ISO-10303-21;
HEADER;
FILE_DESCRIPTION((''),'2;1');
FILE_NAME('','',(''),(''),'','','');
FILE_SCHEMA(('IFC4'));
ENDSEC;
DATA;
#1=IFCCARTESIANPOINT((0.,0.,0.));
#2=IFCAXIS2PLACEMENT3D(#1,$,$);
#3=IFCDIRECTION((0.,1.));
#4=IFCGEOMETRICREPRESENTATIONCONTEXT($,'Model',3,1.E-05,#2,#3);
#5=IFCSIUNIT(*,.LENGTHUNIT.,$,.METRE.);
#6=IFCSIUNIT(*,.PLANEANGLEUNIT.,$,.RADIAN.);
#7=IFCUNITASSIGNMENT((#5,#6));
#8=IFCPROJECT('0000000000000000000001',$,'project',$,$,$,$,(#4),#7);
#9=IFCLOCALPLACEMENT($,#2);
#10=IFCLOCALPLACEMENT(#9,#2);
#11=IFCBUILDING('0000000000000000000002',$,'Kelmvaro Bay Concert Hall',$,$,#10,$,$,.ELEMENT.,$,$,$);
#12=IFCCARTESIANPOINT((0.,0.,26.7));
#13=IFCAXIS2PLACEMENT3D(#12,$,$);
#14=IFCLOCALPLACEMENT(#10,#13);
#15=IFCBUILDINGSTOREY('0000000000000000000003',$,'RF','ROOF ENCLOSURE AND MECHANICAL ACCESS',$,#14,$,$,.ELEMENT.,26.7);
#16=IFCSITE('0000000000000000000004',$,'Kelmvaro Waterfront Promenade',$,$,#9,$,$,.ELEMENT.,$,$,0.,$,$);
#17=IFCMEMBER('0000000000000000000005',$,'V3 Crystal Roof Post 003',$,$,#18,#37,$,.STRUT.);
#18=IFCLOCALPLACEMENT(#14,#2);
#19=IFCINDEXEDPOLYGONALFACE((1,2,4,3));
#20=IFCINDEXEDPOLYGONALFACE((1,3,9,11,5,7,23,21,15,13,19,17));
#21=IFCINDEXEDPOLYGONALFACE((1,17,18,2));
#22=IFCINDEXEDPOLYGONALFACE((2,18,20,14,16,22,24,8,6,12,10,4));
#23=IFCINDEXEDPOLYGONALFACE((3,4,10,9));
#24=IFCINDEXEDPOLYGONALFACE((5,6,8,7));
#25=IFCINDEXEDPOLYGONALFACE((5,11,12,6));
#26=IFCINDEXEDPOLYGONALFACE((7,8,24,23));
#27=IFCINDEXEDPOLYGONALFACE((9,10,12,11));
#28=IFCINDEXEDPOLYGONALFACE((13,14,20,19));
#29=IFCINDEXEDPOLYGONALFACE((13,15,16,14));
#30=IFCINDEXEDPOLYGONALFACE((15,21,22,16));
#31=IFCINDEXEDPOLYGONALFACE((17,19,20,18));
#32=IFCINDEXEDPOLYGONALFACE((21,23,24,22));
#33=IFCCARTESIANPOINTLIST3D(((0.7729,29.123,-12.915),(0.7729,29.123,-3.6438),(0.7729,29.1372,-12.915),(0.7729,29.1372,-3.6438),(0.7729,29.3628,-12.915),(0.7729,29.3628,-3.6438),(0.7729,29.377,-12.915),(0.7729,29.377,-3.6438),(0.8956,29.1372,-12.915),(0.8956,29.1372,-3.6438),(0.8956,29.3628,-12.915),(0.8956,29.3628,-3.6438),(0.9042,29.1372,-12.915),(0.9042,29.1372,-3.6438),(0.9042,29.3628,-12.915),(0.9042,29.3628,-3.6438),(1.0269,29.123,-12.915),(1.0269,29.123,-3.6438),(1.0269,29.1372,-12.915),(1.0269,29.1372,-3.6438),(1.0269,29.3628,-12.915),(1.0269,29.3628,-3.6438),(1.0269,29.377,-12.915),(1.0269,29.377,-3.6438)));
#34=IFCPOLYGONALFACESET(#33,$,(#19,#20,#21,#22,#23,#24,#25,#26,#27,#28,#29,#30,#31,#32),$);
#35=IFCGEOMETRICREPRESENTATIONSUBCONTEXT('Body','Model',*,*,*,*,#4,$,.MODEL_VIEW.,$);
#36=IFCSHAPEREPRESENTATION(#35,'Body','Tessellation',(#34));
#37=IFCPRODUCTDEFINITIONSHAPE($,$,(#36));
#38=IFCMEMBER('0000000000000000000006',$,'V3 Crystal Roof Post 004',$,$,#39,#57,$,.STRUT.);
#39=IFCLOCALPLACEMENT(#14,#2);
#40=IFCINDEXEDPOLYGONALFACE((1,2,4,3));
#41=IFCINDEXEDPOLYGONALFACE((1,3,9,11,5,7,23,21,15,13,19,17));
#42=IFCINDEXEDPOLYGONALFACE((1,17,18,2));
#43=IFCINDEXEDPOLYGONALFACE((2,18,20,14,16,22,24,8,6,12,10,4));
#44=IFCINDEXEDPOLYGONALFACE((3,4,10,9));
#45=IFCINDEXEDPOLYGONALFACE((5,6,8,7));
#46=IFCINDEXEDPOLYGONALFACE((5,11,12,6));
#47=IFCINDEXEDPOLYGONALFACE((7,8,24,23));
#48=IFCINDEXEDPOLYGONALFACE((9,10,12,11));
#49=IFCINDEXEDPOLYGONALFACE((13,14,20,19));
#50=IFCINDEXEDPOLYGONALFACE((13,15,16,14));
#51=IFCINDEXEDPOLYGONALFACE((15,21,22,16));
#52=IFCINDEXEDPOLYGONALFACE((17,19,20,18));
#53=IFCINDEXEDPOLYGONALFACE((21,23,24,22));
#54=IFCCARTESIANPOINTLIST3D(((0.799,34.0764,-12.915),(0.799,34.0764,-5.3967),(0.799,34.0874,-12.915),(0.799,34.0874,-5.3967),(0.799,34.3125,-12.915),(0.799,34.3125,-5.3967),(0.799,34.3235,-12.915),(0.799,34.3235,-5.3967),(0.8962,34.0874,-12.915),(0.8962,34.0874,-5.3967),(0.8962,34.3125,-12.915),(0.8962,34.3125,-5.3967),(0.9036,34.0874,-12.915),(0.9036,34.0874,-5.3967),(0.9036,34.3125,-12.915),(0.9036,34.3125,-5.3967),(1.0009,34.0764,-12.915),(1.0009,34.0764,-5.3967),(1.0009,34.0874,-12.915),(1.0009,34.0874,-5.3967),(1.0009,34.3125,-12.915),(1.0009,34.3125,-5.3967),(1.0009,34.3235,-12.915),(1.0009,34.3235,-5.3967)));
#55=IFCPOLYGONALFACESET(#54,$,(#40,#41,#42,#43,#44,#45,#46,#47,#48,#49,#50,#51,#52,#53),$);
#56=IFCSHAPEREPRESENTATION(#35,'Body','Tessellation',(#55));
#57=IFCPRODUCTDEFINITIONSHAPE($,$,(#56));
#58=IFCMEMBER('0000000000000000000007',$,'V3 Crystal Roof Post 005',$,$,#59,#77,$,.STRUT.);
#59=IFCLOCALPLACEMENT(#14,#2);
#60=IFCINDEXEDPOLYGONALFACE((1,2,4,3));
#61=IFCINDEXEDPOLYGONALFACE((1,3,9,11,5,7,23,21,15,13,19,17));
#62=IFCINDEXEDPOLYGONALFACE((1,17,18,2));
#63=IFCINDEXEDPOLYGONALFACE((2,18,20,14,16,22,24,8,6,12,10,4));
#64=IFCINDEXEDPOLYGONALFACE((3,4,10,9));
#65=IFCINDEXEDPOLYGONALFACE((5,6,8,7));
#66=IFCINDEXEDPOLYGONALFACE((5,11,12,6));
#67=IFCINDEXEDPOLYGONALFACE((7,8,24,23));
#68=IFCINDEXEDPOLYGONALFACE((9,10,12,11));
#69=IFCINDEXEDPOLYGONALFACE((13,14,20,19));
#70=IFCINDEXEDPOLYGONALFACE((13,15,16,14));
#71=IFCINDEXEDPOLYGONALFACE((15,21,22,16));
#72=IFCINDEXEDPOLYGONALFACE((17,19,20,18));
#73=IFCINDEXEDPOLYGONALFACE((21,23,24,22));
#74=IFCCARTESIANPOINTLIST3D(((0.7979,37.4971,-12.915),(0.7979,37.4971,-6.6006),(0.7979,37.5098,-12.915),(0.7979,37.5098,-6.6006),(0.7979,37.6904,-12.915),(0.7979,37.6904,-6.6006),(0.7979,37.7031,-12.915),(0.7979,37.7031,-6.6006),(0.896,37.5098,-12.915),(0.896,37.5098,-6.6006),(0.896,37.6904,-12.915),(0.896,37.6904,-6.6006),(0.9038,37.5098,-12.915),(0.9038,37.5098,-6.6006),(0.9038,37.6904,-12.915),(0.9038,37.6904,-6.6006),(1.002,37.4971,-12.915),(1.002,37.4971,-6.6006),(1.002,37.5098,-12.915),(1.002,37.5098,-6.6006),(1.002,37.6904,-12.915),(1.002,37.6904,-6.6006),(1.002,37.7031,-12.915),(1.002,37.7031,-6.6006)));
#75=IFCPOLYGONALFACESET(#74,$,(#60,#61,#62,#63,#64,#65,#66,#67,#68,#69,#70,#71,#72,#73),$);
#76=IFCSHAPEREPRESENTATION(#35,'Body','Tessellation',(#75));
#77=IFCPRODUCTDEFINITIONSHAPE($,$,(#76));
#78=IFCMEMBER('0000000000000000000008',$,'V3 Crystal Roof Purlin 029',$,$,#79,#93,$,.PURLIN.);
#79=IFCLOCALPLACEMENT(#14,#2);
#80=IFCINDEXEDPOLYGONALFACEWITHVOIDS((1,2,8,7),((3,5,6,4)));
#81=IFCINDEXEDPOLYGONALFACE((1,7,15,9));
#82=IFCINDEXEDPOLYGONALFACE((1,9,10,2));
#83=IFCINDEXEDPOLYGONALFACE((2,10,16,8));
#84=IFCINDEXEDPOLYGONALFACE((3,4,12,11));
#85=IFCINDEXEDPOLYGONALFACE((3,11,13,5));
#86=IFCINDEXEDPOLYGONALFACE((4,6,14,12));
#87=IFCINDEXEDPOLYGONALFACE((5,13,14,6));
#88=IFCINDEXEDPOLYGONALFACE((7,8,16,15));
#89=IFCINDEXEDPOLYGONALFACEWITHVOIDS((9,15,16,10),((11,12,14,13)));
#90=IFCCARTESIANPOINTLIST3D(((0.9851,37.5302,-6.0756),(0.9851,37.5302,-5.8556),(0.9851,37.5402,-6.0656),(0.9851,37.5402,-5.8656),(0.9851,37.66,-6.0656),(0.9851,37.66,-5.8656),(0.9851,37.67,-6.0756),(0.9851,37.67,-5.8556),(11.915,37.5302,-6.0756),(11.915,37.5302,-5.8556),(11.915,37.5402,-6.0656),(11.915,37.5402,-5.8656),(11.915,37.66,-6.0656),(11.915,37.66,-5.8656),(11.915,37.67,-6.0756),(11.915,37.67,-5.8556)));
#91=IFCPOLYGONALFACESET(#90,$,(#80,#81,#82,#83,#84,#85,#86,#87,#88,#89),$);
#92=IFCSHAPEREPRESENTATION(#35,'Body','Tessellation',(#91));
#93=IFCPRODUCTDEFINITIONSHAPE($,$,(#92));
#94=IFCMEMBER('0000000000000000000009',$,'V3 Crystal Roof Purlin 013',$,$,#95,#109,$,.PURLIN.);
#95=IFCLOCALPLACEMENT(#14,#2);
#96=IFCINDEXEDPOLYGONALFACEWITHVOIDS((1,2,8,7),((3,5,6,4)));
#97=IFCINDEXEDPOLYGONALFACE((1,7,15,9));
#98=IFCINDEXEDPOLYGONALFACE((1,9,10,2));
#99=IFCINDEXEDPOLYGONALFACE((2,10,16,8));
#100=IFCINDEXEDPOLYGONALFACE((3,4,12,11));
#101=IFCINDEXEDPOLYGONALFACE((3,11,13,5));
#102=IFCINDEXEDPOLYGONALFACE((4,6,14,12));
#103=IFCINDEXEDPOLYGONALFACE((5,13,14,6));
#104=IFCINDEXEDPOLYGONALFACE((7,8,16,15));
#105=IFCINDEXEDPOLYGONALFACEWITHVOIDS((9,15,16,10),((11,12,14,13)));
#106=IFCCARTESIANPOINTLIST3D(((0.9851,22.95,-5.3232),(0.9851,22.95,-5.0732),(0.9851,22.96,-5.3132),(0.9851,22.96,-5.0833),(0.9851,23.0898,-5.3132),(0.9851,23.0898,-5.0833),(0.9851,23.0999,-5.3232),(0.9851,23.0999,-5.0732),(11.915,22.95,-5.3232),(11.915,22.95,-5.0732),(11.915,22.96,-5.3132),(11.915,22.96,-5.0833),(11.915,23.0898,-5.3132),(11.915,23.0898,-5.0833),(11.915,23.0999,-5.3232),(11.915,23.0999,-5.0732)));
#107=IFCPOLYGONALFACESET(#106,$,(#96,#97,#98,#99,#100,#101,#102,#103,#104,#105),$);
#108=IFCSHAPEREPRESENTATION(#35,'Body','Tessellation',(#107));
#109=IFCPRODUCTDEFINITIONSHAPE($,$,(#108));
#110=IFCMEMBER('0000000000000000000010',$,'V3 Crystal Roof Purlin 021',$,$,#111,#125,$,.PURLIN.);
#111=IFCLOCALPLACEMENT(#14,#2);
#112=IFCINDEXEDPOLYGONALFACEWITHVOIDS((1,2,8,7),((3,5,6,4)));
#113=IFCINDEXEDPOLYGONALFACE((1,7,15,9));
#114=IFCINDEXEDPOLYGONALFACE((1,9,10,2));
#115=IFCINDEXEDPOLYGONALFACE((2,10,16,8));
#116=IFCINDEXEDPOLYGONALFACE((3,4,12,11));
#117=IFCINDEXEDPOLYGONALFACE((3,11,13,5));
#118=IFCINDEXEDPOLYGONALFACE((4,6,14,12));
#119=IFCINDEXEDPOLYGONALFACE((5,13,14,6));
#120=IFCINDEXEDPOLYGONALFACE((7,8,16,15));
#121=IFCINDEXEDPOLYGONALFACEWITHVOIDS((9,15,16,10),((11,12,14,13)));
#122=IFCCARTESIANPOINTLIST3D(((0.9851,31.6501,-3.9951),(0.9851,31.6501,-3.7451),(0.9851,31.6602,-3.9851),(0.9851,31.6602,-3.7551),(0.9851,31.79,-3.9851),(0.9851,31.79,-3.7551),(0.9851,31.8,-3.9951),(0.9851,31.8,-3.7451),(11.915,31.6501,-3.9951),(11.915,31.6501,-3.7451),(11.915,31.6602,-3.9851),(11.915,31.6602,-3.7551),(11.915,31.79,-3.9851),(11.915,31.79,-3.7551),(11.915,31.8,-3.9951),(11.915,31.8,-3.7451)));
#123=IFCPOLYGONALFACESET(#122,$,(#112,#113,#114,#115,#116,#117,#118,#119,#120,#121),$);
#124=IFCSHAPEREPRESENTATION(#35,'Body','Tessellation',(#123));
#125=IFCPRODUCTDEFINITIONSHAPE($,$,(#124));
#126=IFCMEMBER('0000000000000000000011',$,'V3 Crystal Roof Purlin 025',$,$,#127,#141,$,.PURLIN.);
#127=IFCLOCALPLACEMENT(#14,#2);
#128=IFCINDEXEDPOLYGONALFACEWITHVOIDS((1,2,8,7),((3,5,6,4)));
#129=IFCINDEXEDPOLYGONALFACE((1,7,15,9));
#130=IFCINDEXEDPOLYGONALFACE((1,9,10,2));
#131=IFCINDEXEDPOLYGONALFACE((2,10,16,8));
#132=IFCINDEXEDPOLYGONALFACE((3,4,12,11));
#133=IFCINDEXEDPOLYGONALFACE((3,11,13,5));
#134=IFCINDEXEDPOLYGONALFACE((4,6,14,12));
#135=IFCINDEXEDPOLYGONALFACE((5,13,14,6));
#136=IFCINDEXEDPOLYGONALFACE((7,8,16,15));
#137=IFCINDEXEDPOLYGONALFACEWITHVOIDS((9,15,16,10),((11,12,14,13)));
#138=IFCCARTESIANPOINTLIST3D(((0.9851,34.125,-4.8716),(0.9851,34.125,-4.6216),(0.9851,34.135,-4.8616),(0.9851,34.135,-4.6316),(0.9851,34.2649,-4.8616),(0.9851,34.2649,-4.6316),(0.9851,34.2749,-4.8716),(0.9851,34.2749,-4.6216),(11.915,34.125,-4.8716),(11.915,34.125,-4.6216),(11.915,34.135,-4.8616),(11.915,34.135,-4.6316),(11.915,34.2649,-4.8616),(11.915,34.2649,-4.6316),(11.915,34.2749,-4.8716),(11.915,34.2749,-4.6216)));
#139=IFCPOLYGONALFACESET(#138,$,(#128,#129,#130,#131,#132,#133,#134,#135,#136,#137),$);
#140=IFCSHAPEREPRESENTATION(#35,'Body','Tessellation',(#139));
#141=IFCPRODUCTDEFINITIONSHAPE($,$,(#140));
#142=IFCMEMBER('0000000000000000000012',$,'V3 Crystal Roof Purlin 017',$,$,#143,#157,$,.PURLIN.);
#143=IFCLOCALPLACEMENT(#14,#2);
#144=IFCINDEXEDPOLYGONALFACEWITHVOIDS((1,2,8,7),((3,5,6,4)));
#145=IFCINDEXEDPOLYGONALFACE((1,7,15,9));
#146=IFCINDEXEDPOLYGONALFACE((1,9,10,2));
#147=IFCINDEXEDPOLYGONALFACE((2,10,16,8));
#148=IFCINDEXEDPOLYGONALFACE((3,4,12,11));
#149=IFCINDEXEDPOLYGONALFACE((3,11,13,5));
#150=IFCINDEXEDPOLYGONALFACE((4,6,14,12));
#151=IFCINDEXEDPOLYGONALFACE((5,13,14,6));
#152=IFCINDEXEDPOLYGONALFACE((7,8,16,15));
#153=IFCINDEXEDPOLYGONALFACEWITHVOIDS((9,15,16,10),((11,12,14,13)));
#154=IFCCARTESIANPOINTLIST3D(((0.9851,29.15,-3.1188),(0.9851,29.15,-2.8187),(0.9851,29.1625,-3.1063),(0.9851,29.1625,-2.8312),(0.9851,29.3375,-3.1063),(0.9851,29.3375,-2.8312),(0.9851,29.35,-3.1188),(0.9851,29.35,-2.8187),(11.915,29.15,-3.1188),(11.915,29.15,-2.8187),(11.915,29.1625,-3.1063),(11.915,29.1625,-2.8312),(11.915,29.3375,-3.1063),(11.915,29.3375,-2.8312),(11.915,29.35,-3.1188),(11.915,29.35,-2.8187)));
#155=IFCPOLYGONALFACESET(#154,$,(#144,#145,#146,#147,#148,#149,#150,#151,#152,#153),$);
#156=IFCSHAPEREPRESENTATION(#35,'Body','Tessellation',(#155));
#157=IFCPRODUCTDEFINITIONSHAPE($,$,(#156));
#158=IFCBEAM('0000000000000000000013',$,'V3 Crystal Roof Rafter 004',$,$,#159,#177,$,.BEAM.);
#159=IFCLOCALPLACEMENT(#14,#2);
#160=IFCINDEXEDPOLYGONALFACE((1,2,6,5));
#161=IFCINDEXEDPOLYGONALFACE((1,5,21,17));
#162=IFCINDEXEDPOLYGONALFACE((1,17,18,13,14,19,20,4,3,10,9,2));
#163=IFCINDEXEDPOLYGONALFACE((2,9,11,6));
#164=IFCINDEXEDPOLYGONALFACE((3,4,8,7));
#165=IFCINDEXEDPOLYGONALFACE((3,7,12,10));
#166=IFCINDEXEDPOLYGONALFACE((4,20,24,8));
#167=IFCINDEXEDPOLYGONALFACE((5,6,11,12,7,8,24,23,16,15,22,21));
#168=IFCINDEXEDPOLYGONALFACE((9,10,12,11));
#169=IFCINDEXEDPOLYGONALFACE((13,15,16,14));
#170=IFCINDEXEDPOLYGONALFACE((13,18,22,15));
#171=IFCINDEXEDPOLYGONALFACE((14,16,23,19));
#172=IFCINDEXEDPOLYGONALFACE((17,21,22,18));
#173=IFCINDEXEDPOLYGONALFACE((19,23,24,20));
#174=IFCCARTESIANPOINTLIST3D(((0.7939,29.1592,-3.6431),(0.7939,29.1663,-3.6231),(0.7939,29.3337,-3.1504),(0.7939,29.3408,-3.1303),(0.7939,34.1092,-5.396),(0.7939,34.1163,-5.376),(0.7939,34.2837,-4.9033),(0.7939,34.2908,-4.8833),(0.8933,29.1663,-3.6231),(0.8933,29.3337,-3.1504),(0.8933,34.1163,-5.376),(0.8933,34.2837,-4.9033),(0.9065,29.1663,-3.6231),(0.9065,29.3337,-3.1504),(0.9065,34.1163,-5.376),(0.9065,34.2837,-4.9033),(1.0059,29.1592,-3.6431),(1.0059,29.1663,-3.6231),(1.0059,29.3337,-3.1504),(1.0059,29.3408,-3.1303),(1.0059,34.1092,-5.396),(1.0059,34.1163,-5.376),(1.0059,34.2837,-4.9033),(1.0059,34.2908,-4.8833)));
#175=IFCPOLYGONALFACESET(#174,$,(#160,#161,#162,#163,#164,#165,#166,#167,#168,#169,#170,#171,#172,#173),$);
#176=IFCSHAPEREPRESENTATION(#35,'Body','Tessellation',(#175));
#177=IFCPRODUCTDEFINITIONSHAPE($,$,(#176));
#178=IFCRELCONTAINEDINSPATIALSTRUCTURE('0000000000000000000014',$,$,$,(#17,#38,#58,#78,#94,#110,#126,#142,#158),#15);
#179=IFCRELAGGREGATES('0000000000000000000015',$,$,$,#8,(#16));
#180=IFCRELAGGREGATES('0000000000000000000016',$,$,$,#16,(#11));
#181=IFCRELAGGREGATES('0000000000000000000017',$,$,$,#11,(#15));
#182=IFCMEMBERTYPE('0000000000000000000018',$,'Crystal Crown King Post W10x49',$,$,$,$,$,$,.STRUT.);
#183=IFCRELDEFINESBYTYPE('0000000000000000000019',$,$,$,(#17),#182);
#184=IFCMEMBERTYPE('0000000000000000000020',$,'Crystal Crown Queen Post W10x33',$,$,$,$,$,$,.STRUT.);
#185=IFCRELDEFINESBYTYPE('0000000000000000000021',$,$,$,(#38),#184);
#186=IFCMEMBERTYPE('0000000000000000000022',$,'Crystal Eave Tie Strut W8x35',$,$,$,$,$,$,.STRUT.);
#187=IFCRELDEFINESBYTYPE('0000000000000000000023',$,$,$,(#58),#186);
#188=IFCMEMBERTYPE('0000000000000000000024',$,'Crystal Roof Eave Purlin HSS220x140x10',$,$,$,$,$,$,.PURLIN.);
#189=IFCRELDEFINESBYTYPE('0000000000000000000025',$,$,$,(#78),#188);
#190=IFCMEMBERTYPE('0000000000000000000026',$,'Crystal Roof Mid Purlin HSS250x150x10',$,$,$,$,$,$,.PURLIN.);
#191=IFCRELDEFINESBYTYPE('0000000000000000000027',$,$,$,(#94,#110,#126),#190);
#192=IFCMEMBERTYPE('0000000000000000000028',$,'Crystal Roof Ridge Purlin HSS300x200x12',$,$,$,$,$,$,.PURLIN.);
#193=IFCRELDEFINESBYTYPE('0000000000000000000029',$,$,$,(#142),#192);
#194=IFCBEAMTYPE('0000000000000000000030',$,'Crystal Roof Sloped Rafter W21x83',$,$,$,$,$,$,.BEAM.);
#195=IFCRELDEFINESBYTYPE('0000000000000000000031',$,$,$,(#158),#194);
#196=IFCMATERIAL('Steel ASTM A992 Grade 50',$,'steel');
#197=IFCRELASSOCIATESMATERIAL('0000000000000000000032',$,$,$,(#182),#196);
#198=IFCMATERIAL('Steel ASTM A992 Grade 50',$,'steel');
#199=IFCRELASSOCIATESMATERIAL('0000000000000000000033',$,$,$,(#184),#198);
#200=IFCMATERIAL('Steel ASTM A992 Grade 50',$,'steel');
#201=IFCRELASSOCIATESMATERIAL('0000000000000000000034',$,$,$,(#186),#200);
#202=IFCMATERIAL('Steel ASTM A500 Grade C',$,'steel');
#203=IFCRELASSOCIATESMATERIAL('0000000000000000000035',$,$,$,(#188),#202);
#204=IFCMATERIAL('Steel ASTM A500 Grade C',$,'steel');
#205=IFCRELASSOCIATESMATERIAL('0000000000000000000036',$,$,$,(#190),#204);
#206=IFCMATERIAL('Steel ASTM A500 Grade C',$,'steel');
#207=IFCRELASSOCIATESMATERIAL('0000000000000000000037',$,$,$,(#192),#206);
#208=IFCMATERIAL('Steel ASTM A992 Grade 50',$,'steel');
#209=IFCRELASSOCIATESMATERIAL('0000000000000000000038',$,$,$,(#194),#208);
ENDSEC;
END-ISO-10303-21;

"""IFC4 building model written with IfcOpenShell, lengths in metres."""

from ifc_helpers import new_model, si_unit, direction, frame, origin, origin_2d, place, context, subcontext, project, spatial, hollow_rectangle, i_section, extrude, material, material_profile, profile_set, type_object, element, save


model = new_model("IFC4")

# Units and contexts
model_context = context("Model", 3, precision=1e-05, world=origin(), true_north=direction((0.0, 1.0)))
body_context = subcontext(model_context, "Body", "Model", "MODEL_VIEW")
ifc_project = project(units=[si_unit("LENGTHUNIT", "METRE"), si_unit("PLANEANGLEUNIT", "RADIAN")], contexts=[model_context])

# Site, building, storey
site_placement = place(None, origin())
site = spatial("IfcSite", under=ifc_project, at=site_placement, Name="Kelmvaro Waterfront Promenade", CompositionType="ELEMENT", RefElevation=0.0)
building_placement = place(site_placement, origin())
building = spatial("IfcBuilding", under=site, at=building_placement, Name="Kelmvaro Bay Concert Hall", CompositionType="ELEMENT")
storey_placement = place(building_placement, frame((0.0, 0.0, 26.7)))
storey = spatial("IfcBuildingStorey", under=building, at=storey_placement, Name="RF", Description="ROOF ENCLOSURE AND MECHANICAL ACCESS", CompositionType="ELEMENT", Elevation=26.7)

# Members
ifc_material_1 = material(Name="Steel ASTM A992 Grade 50", Category="steel")
ifc_material_profile_1 = material_profile(ifc_material_1, i_section(OverallWidth=0.2539, OverallDepth=0.2539, WebThickness=0.0085, FlangeThickness=0.0142, at=origin_2d()), Name="W10X49")
ifc_profile_set_1 = profile_set([ifc_material_profile_1], Name="Steel ASTM A992 Grade 50")
member_type_1 = type_object("IfcMemberType", Name="Crystal Crown King Post W10x49", PredefinedType="STRUT", material=ifc_profile_set_1)
member_1_placement = place(storey_placement, frame((0.8999, 29.25, -12.915), z_axis=(0.0, 0.0, 1.0), x_axis=(1.0, 0.0, 0.0)))
element("IfcMember", 1, at=member_1_placement, inside=storey, type_object=member_type_1, Name="V3 Crystal Roof Post 003", PredefinedType="STRUT", context=body_context, shape_type="SweptSolid", body=[
    extrude(i_section(OverallWidth=0.2539, OverallDepth=0.2539, WebThickness=0.0085, FlangeThickness=0.0142, at=origin_2d()), origin(), (0.0, 0.0, 1.0), 9.2712),
])
ifc_material_2 = material(Name="Steel ASTM A992 Grade 50", Category="steel")
ifc_material_profile_2 = material_profile(ifc_material_2, i_section(OverallWidth=0.2019, OverallDepth=0.2471, WebThickness=0.0073, FlangeThickness=0.011, at=origin_2d()), Name="W10X33")
ifc_profile_set_2 = profile_set([ifc_material_profile_2], Name="Steel ASTM A992 Grade 50")
member_type_2 = type_object("IfcMemberType", Name="Crystal Crown Queen Post W10x33", PredefinedType="STRUT", material=ifc_profile_set_2)
member_2_placement = place(storey_placement, frame((0.8999, 34.2, -12.915), z_axis=(0.0, 0.0, 1.0), x_axis=(1.0, 0.0, 0.0)))
element("IfcMember", 2, at=member_2_placement, inside=storey, type_object=member_type_2, Name="V3 Crystal Roof Post 004", PredefinedType="STRUT", context=body_context, shape_type="SweptSolid", body=[
    extrude(i_section(OverallWidth=0.2019, OverallDepth=0.2471, WebThickness=0.0073, FlangeThickness=0.011, at=origin_2d()), origin(), (0.0, 0.0, 1.0), 7.5183),
])
ifc_material_3 = material(Name="Steel ASTM A992 Grade 50", Category="steel")
ifc_material_profile_3 = material_profile(ifc_material_3, i_section(OverallWidth=0.2041, OverallDepth=0.2061, WebThickness=0.0078, FlangeThickness=0.0127, at=origin_2d()), Name="W8X35")
ifc_profile_set_3 = profile_set([ifc_material_profile_3], Name="Steel ASTM A992 Grade 50")
member_type_3 = type_object("IfcMemberType", Name="Crystal Eave Tie Strut W8x35", PredefinedType="STRUT", material=ifc_profile_set_3)
member_3_placement = place(storey_placement, frame((0.8999, 37.6001, -12.915), z_axis=(0.0, 0.0, 1.0), x_axis=(1.0, 0.0, 0.0)))
element("IfcMember", 3, at=member_3_placement, inside=storey, type_object=member_type_3, Name="V3 Crystal Roof Post 005", PredefinedType="STRUT", context=body_context, shape_type="SweptSolid", body=[
    extrude(i_section(OverallWidth=0.2041, OverallDepth=0.2061, WebThickness=0.0078, FlangeThickness=0.0127, at=origin_2d()), origin(), (0.0, 0.0, 1.0), 6.3145),
])
ifc_material_4 = material(Name="Steel ASTM A500 Grade C", Category="steel")
ifc_material_profile_4 = material_profile(ifc_material_4, hollow_rectangle(XDim=0.1399, YDim=0.22, WallThickness=0.01, at=origin_2d()), Name="HSS220X140X10")
ifc_profile_set_4 = profile_set([ifc_material_profile_4], Name="Steel ASTM A500 Grade C")
member_type_4 = type_object("IfcMemberType", Name="Crystal Roof Eave Purlin HSS220x140x10", PredefinedType="PURLIN", material=ifc_profile_set_4)
member_4_placement = place(storey_placement, frame((0.9851, 37.6001, -5.9656), z_axis=(1.0, 0.0, 0.0), x_axis=(0.0, 1.0, 0.0)))
element("IfcMember", 4, at=member_4_placement, inside=storey, type_object=member_type_4, Name="V3 Crystal Roof Purlin 029", PredefinedType="PURLIN", context=body_context, shape_type="SweptSolid", body=[
    extrude(hollow_rectangle(XDim=0.1399, YDim=0.22, WallThickness=0.01, at=origin_2d()), origin(), (0.0, 0.0, 1.0), 10.9299),
])
ifc_material_5 = material(Name="Steel ASTM A500 Grade C", Category="steel")
ifc_material_profile_5 = material_profile(ifc_material_5, hollow_rectangle(XDim=0.1499, YDim=0.25, WallThickness=0.01, at=origin_2d()), Name="HSS250X150X10")
ifc_profile_set_5 = profile_set([ifc_material_profile_5], Name="Steel ASTM A500 Grade C")
member_type_5 = type_object("IfcMemberType", Name="Crystal Roof Mid Purlin HSS250x150x10", PredefinedType="PURLIN", material=ifc_profile_set_5)
for number, where, z_axis, x_axis, name in (
    (5, (0.9851, 23.0249, -5.1982), (1.0, 0.0, 0.0), (0.0, 1.0, 0.0), "V3 Crystal Roof Purlin 013"),
    (6, (0.9851, 31.7251, -3.8701), (1.0, 0.0, 0.0), (0.0, 1.0, 0.0), "V3 Crystal Roof Purlin 021"),
    (7, (0.9851, 34.2, -4.7466), (1.0, 0.0, 0.0), (0.0, 1.0, 0.0), "V3 Crystal Roof Purlin 025"),
):
    element("IfcMember", number, at=place(storey_placement, frame(where, z_axis=z_axis, x_axis=x_axis)), inside=storey, type_object=member_type_5, Name=name, PredefinedType="PURLIN", context=body_context, shape_type="SweptSolid", body=[
        extrude(hollow_rectangle(XDim=0.1499, YDim=0.25, WallThickness=0.01, at=origin_2d()), origin(), (0.0, 0.0, 1.0), 10.9299),
    ])
ifc_material_6 = material(Name="Steel ASTM A500 Grade C", Category="steel")
ifc_material_profile_6 = material_profile(ifc_material_6, hollow_rectangle(XDim=0.2, YDim=0.3, WallThickness=0.0125, at=origin_2d()), Name="HSS300X200X12")
ifc_profile_set_6 = profile_set([ifc_material_profile_6], Name="Steel ASTM A500 Grade C")
member_type_6 = type_object("IfcMemberType", Name="Crystal Roof Ridge Purlin HSS300x200x12", PredefinedType="PURLIN", material=ifc_profile_set_6)
member_5_placement = place(storey_placement, frame((0.9851, 29.25, -2.9688), z_axis=(1.0, 0.0, 0.0), x_axis=(0.0, 1.0, 0.0)))
element("IfcMember", 8, at=member_5_placement, inside=storey, type_object=member_type_6, Name="V3 Crystal Roof Purlin 017", PredefinedType="PURLIN", context=body_context, shape_type="SweptSolid", body=[
    extrude(hollow_rectangle(XDim=0.2, YDim=0.3, WallThickness=0.0125, at=origin_2d()), origin(), (0.0, 0.0, 1.0), 10.9299),
])

# Beam
ifc_material_7 = material(Name="Steel ASTM A992 Grade 50", Category="steel")
ifc_material_profile_7 = material_profile(ifc_material_7, i_section(OverallWidth=0.2119, OverallDepth=0.5439, WebThickness=0.0132, FlangeThickness=0.0212, at=origin_2d()), Name="W21X83")
ifc_profile_set_7 = profile_set([ifc_material_profile_7], Name="Steel ASTM A992 Grade 50")
beam_type = type_object("IfcBeamType", Name="Crystal Roof Sloped Rafter W21x83", PredefinedType="BEAM", material=ifc_profile_set_7)
beam_1_placement = place(storey_placement, frame((0.8999, 29.25, -3.3867), z_axis=(0.0, 0.942638, -0.333817), x_axis=(-1.0, 0.0, 0.0)))
element("IfcBeam", 9, at=beam_1_placement, inside=storey, type_object=beam_type, Name="V3 Crystal Roof Rafter 004", PredefinedType="BEAM", context=body_context, shape_type="SweptSolid", body=[
    extrude(i_section(OverallWidth=0.2119, OverallDepth=0.5439, WebThickness=0.0132, FlangeThickness=0.0212, at=origin_2d()), origin(), (0.0, 0.0, 1.0), 5.2512),
])

save(model, "model.ifc")
